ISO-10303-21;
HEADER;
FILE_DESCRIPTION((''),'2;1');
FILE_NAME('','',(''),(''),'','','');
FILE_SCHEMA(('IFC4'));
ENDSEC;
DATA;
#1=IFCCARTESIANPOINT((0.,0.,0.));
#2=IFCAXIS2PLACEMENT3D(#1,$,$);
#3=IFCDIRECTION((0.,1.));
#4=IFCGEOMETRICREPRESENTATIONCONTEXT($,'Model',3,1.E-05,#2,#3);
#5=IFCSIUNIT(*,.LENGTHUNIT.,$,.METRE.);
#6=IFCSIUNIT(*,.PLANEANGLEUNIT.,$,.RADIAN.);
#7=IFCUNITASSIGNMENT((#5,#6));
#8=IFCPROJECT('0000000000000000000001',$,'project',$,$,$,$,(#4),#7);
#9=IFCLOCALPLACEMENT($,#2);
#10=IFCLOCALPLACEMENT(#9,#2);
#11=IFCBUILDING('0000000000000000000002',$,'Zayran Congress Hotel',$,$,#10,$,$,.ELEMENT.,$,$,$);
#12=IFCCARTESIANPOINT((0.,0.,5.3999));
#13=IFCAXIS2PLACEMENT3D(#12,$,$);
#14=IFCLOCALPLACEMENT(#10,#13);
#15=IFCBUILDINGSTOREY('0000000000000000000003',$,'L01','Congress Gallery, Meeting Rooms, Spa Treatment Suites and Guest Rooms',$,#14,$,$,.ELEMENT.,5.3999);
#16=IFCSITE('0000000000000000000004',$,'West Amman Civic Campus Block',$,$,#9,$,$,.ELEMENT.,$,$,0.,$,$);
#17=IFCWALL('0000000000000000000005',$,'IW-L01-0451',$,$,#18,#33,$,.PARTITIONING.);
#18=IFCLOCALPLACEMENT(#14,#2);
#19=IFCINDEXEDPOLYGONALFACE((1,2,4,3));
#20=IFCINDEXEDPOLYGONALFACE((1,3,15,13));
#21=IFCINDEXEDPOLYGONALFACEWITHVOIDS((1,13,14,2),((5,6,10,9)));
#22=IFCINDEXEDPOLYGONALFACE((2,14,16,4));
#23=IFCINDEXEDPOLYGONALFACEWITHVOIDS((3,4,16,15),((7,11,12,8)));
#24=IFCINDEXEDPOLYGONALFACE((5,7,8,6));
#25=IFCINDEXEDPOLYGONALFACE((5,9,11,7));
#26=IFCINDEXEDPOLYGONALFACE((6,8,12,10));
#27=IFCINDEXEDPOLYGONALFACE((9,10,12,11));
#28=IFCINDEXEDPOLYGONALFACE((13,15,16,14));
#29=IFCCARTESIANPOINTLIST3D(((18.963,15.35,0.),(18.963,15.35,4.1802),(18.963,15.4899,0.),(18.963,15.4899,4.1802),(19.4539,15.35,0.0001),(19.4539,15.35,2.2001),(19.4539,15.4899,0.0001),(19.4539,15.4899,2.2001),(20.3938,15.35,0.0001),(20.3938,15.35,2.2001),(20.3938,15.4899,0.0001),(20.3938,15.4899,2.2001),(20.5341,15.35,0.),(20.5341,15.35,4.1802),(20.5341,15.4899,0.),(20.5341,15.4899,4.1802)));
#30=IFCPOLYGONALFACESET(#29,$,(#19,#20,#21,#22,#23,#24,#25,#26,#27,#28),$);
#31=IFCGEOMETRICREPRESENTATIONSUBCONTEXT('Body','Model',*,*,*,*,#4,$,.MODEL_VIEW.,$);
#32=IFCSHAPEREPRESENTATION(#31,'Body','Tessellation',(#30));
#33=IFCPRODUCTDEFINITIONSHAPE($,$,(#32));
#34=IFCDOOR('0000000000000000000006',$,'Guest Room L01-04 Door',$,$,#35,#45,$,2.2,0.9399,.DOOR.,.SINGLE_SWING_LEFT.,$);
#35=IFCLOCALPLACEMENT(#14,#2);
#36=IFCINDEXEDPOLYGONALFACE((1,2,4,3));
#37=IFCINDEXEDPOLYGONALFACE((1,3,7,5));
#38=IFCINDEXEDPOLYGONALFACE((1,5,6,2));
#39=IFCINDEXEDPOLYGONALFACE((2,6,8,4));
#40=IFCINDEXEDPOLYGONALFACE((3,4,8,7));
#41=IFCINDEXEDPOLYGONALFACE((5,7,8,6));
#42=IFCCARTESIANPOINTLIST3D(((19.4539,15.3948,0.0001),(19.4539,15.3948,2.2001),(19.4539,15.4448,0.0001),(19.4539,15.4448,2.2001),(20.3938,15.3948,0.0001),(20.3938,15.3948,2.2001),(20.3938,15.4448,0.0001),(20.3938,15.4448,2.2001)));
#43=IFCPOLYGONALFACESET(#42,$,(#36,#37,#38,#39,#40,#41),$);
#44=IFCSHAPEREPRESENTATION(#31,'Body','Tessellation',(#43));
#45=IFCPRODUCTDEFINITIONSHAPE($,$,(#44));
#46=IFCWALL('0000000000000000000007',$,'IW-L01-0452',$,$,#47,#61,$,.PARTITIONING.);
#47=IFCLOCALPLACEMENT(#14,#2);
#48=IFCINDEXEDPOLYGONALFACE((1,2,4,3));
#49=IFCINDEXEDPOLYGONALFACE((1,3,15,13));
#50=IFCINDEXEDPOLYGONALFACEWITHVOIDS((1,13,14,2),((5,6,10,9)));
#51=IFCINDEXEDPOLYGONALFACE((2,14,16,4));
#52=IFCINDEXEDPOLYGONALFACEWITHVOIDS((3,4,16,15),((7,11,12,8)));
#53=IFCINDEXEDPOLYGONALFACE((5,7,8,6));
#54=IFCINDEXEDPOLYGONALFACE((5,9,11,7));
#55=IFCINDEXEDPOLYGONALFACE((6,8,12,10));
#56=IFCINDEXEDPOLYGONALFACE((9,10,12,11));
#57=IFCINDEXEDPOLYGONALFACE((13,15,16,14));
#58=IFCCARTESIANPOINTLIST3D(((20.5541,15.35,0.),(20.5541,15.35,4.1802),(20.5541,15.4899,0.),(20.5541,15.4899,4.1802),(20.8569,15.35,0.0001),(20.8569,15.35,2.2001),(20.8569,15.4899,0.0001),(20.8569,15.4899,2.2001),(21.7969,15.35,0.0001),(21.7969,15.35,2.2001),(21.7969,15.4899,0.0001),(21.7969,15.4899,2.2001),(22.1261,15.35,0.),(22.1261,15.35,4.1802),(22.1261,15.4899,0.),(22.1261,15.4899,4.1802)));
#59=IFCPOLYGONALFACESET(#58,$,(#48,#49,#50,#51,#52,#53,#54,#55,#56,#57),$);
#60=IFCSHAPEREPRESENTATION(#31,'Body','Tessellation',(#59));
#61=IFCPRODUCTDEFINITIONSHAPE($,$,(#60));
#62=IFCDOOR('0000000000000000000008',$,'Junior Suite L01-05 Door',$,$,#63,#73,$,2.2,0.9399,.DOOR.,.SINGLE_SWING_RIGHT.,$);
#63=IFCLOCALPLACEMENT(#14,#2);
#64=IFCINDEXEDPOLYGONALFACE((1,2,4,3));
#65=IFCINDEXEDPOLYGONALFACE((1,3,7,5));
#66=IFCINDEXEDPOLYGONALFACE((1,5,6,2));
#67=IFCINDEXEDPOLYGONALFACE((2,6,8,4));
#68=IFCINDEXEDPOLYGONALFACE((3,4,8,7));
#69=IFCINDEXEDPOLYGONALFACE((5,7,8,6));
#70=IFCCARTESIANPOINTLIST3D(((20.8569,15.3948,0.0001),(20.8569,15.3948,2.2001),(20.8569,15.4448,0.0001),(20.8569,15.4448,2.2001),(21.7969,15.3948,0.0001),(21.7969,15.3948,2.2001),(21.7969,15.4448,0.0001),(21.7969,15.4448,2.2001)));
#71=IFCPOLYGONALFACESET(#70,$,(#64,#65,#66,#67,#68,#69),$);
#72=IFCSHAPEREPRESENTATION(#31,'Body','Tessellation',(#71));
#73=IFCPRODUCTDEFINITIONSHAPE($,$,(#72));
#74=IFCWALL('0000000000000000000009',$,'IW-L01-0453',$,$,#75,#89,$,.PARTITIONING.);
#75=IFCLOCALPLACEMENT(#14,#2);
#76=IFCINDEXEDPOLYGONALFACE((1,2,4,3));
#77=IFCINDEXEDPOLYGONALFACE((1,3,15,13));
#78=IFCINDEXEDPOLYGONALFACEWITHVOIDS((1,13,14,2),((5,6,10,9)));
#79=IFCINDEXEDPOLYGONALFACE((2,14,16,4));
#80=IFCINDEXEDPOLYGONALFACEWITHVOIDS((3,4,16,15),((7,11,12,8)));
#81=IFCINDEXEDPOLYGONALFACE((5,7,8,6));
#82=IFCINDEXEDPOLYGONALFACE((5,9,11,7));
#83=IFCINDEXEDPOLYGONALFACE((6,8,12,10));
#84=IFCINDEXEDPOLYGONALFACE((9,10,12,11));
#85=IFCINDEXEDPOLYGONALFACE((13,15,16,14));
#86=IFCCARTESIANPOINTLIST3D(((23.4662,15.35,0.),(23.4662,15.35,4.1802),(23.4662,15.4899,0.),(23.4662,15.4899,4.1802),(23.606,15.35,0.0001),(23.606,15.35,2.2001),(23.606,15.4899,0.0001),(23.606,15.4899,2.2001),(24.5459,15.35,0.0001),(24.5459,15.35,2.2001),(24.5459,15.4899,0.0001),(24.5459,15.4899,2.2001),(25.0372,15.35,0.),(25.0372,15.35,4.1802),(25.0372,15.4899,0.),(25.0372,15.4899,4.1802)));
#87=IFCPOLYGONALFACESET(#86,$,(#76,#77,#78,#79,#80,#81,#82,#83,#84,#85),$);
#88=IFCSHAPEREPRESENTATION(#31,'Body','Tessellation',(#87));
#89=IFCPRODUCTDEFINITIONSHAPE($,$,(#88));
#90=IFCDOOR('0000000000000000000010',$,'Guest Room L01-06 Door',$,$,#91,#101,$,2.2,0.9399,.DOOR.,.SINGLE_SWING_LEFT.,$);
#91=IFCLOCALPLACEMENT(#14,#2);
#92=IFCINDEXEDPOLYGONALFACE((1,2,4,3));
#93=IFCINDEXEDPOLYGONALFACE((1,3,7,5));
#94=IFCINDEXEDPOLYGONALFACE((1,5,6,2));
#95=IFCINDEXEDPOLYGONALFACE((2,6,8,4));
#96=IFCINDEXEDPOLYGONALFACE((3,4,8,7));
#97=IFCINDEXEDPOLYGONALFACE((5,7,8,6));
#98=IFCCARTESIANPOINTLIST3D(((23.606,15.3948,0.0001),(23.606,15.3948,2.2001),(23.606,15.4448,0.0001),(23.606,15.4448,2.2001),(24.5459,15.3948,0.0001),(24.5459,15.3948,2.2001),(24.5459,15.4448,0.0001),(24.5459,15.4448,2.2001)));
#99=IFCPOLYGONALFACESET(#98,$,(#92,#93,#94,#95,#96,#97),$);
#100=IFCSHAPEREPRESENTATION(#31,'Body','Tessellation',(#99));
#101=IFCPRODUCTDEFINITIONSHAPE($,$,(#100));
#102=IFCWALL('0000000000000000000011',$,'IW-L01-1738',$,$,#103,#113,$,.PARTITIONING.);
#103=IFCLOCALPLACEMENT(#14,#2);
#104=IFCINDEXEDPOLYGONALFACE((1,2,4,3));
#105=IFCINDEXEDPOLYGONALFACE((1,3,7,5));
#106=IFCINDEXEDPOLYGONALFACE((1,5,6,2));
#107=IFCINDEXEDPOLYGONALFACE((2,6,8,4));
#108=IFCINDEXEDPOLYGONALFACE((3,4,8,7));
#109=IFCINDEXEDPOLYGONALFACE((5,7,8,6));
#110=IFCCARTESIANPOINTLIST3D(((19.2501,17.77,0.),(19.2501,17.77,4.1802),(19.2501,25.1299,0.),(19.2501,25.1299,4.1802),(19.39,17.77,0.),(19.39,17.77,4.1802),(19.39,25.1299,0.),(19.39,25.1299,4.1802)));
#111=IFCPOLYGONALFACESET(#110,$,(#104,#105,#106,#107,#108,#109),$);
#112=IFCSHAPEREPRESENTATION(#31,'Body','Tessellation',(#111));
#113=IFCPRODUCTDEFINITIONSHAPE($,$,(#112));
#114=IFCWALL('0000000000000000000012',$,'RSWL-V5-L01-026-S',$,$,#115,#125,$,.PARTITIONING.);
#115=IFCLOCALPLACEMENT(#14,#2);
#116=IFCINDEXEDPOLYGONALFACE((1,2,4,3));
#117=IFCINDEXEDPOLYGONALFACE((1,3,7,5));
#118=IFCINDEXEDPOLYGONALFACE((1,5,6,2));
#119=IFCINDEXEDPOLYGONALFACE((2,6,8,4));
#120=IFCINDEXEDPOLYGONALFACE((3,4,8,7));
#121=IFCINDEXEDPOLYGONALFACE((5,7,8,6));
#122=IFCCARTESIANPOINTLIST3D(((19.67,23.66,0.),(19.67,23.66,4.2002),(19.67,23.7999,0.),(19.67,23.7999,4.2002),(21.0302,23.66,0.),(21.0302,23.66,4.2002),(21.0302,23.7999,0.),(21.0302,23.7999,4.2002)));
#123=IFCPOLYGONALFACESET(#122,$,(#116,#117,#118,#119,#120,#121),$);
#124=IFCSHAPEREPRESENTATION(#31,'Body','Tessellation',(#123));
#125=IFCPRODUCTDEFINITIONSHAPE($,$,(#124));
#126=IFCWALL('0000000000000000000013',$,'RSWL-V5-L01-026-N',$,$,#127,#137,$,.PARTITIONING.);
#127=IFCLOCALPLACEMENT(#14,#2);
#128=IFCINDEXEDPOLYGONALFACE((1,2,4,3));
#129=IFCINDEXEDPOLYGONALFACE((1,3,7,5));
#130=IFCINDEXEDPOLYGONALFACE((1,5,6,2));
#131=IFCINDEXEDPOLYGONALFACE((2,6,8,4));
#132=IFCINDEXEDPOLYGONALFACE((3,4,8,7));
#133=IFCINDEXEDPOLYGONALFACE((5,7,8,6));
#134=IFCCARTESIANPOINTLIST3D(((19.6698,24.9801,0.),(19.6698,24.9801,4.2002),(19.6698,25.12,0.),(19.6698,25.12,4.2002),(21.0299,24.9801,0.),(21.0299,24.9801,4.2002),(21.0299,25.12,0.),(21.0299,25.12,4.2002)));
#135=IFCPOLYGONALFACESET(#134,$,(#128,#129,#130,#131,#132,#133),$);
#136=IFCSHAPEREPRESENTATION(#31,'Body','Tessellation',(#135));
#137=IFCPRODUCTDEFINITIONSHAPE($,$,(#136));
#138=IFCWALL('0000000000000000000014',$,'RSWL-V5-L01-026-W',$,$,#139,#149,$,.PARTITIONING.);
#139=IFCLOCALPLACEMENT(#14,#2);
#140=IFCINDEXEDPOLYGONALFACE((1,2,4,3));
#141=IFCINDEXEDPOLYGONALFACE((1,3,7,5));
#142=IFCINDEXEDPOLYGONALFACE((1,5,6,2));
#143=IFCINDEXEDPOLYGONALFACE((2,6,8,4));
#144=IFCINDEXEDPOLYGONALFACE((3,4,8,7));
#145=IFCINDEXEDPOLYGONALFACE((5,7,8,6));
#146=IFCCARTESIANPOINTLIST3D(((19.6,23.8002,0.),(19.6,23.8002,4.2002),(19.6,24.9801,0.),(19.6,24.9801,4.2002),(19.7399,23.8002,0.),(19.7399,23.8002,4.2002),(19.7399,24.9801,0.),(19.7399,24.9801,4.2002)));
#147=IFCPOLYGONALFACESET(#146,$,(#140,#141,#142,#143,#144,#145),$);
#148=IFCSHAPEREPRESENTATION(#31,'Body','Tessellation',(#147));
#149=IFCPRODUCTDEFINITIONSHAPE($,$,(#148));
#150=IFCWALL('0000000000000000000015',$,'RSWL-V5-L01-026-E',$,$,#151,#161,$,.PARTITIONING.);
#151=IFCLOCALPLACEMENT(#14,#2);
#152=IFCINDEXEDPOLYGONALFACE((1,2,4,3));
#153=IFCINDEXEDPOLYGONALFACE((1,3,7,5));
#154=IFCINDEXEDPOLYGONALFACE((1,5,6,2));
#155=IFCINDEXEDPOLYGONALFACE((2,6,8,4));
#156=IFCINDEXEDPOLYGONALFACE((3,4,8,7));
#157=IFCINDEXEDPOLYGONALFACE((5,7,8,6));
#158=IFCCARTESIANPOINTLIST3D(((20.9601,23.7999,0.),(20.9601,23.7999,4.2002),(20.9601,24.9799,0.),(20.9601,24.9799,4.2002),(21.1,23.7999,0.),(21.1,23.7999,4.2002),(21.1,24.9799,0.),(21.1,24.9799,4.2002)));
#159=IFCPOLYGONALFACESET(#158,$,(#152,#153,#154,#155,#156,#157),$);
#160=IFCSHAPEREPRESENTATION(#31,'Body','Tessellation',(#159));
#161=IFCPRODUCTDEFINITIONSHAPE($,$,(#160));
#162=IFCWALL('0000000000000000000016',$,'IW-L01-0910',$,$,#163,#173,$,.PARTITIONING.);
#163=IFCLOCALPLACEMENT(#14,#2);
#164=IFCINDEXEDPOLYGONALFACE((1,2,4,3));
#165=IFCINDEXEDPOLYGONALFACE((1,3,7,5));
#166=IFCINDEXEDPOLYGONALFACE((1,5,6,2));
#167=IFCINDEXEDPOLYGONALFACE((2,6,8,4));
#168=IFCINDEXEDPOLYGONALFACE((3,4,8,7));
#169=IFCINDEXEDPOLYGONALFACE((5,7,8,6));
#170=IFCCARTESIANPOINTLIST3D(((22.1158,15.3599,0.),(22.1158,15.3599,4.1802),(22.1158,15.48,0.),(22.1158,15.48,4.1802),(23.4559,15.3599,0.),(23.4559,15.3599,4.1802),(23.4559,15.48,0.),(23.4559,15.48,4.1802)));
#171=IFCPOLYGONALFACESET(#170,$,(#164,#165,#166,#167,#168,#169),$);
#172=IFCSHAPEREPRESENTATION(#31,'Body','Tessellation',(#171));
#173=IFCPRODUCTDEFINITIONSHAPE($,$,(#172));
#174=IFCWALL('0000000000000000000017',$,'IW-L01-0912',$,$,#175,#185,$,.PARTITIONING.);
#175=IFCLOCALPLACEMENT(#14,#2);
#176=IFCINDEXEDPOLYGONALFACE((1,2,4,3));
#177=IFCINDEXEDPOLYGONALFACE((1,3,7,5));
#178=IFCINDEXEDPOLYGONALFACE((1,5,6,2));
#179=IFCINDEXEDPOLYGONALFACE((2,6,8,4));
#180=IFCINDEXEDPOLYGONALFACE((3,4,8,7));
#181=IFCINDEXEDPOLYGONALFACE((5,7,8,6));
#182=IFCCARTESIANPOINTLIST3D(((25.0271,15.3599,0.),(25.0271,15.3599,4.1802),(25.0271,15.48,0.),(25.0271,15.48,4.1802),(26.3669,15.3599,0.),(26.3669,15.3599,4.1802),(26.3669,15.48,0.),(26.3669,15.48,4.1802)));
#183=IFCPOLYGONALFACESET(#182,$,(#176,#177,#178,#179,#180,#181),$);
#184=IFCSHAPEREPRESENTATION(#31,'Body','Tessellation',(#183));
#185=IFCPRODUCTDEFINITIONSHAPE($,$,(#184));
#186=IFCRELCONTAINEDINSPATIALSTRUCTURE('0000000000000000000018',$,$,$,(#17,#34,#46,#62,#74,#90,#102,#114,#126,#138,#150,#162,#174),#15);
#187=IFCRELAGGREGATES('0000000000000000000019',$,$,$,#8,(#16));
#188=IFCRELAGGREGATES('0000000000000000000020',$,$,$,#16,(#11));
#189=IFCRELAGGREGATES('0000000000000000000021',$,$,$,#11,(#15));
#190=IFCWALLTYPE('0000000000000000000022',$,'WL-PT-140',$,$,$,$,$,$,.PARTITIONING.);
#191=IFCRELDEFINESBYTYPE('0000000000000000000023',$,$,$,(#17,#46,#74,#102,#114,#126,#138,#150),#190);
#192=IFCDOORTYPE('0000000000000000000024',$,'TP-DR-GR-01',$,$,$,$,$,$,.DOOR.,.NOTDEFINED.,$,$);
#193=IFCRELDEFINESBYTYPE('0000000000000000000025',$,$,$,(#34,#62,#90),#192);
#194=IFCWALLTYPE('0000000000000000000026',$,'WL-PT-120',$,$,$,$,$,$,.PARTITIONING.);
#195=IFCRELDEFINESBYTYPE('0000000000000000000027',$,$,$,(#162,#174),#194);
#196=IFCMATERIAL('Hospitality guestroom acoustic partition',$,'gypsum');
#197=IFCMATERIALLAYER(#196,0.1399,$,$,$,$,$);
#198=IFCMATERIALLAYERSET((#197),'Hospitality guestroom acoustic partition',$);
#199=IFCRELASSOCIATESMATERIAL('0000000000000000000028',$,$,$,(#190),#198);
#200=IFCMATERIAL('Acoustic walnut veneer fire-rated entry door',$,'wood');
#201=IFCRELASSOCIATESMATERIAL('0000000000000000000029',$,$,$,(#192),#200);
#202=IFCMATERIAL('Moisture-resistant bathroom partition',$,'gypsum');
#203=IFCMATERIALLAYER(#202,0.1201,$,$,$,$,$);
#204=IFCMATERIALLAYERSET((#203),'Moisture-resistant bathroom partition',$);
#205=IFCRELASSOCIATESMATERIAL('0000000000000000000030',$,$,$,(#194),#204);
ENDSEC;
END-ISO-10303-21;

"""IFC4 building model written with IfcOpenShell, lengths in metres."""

from ifc_helpers import new_model, si_unit, direction, frame, frame_2d, origin, place, context, subcontext, project, spatial, rectangle, extrude, material, layer, layer_set, type_object, element, fill, save


model = new_model("IFC4")

# Units and contexts
model_context = context("Model", 3, precision=1e-05, world=origin(), true_north=direction((0.0, 1.0)))
body_context = subcontext(model_context, "Body", "Model", "MODEL_VIEW")
ifc_project = project(units=[si_unit("LENGTHUNIT", "METRE"), si_unit("PLANEANGLEUNIT", "RADIAN")], contexts=[model_context])

# Site, building, storey
site_placement = place(None, origin())
site = spatial("IfcSite", under=ifc_project, at=site_placement, Name="West Amman Civic Campus Block", CompositionType="ELEMENT", RefElevation=0.0)
building_placement = place(site_placement, origin())
building = spatial("IfcBuilding", under=site, at=building_placement, Name="Zayran Congress Hotel", CompositionType="ELEMENT")
storey_placement = place(building_placement, frame((0.0, 0.0, 5.3999)))
storey = spatial("IfcBuildingStorey", under=building, at=storey_placement, Name="L01", Description="Congress Gallery, Meeting Rooms, Spa Treatment Suites and Guest Rooms", CompositionType="ELEMENT", Elevation=5.3999)

# Walls, openings, doors
ifc_material_1 = material(Name="Hospitality guestroom acoustic partition", Category="gypsum")
ifc_layer_1 = layer(ifc_material_1, 0.1399)
ifc_layer_set_1 = layer_set([ifc_layer_1], Name="Hospitality guestroom acoustic partition")
wall_type_1 = type_object("IfcWallType", Name="WL-PT-140", PredefinedType="PARTITIONING", material=ifc_layer_set_1)
wall_1_placement = place(storey_placement, frame((18.9629, 15.4199, 0.0), z_axis=(0.0, 0.0, 1.0), x_axis=(1.0, 0.0, 0.0)))
wall_1 = element("IfcWall", 1, at=wall_1_placement, inside=storey, type_object=wall_type_1, Name="IW-L01-0451", PredefinedType="PARTITIONING", context=body_context, shape_type="SweptSolid", body=[
    extrude(rectangle(XDim=1.571, YDim=0.1399, at=frame_2d((0.7856, 0.0))), origin(), (0.0, 0.0, 1.0), 4.1802),
])
opening_1_placement = place(wall_1_placement, frame((0.491, 0.0, 0.0)))
opening_1 = element("IfcOpeningElement", 2, at=opening_1_placement, cuts=wall_1, PredefinedType="OPENING", context=body_context, shape_type="SweptSolid", body=[
    extrude(rectangle(XDim=0.9399, YDim=2.2, at=frame_2d((0.47, 1.1001))), frame((0.0, 0.0798, 0.0), z_axis=(0.0, -1.0, 0.0), x_axis=(1.0, 0.0, 0.0)), (0.0, 0.0, 1.0), 0.1599),
])
ifc_material_2 = material(Name="Acoustic walnut veneer fire-rated entry door", Category="wood")
door_type_1 = type_object("IfcDoorType", Name="TP-DR-GR-01", OperationType="NOTDEFINED", PredefinedType="DOOR", material=ifc_material_2)
door_1_placement = place(opening_1_placement, origin())
door_1 = element("IfcDoor", 3, at=door_1_placement, inside=storey, type_object=door_type_1, Name="Guest Room L01-04 Door", OperationType="SINGLE_SWING_LEFT", OverallHeight=2.2, OverallWidth=0.9399, PredefinedType="DOOR", context=body_context, shape_type="SweptSolid", body=[
    extrude(rectangle(XDim=0.9399, YDim=2.2, at=frame_2d((0.47, 1.1001))), frame((0.0, 0.0249, 0.0), z_axis=(0.0, -1.0, 0.0), x_axis=(1.0, 0.0, 0.0)), (0.0, 0.0, 1.0), 0.05),
])
fill(opening_1, door_1)
wall_2_placement = place(storey_placement, frame((20.554, 15.4199, 0.0), z_axis=(0.0, 0.0, 1.0), x_axis=(1.0, 0.0, 0.0)))
wall_2 = element("IfcWall", 4, at=wall_2_placement, inside=storey, type_object=wall_type_1, Name="IW-L01-0452", PredefinedType="PARTITIONING", context=body_context, shape_type="SweptSolid", body=[
    extrude(rectangle(XDim=1.572, YDim=0.1399, at=frame_2d((0.7861, 0.0))), origin(), (0.0, 0.0, 1.0), 4.1802),
])
opening_2_placement = place(wall_2_placement, frame((0.303, 0.0, 0.0)))
opening_2 = element("IfcOpeningElement", 5, at=opening_2_placement, cuts=wall_2, PredefinedType="OPENING", context=body_context, shape_type="SweptSolid", body=[
    extrude(rectangle(XDim=0.9399, YDim=2.2, at=frame_2d((0.47, 1.1001))), frame((0.0, 0.0798, 0.0), z_axis=(0.0, -1.0, 0.0), x_axis=(1.0, 0.0, 0.0)), (0.0, 0.0, 1.0), 0.1599),
])
door_2_placement = place(opening_2_placement, origin())
door_2 = element("IfcDoor", 6, at=door_2_placement, inside=storey, type_object=door_type_1, Name="Junior Suite L01-05 Door", OperationType="SINGLE_SWING_RIGHT", OverallHeight=2.2, OverallWidth=0.9399, PredefinedType="DOOR", context=body_context, shape_type="SweptSolid", body=[
    extrude(rectangle(XDim=0.9399, YDim=2.2, at=frame_2d((0.47, 1.1001))), frame((0.0, 0.0249, 0.0), z_axis=(0.0, -1.0, 0.0), x_axis=(1.0, 0.0, 0.0)), (0.0, 0.0, 1.0), 0.05),
])
fill(opening_2, door_2)
wall_3_placement = place(storey_placement, frame((23.4661, 15.4199, 0.0), z_axis=(0.0, 0.0, 1.0), x_axis=(1.0, 0.0, 0.0)))
wall_3 = element("IfcWall", 7, at=wall_3_placement, inside=storey, type_object=wall_type_1, Name="IW-L01-0453", PredefinedType="PARTITIONING", context=body_context, shape_type="SweptSolid", body=[
    extrude(rectangle(XDim=1.571, YDim=0.1399, at=frame_2d((0.7856, 0.0))), origin(), (0.0, 0.0, 1.0), 4.1802),
])
opening_3_placement = place(wall_3_placement, frame((0.1399, 0.0, 0.0)))
opening_3 = element("IfcOpeningElement", 8, at=opening_3_placement, cuts=wall_3, PredefinedType="OPENING", context=body_context, shape_type="SweptSolid", body=[
    extrude(rectangle(XDim=0.9399, YDim=2.2, at=frame_2d((0.47, 1.1001))), frame((0.0, 0.0798, 0.0), z_axis=(0.0, -1.0, 0.0), x_axis=(1.0, 0.0, 0.0)), (0.0, 0.0, 1.0), 0.1599),
])
door_3_placement = place(opening_3_placement, origin())
door_3 = element("IfcDoor", 9, at=door_3_placement, inside=storey, type_object=door_type_1, Name="Guest Room L01-06 Door", OperationType="SINGLE_SWING_LEFT", OverallHeight=2.2, OverallWidth=0.9399, PredefinedType="DOOR", context=body_context, shape_type="SweptSolid", body=[
    extrude(rectangle(XDim=0.9399, YDim=2.2, at=frame_2d((0.47, 1.1001))), frame((0.0, 0.0249, 0.0), z_axis=(0.0, -1.0, 0.0), x_axis=(1.0, 0.0, 0.0)), (0.0, 0.0, 1.0), 0.05),
])
fill(opening_3, door_3)

# Walls
wall_4_placement = place(storey_placement, frame((19.3201, 17.77, 0.0), z_axis=(0.0, 0.0, 1.0), x_axis=(0.0, 1.0, 0.0)))
element("IfcWall", 10, at=wall_4_placement, inside=storey, type_object=wall_type_1, Name="IW-L01-1738", PredefinedType="PARTITIONING", context=body_context, shape_type="SweptSolid", body=[
    extrude(rectangle(XDim=7.3599, YDim=0.1399, at=frame_2d((3.6799, 0.0))), origin(), (0.0, 0.0, 1.0), 4.1802),
])
for number, where, z_axis, x_axis, name in (
    (11, (19.6699, 23.73, 0.0), (0.0, 0.0, 1.0), (1.0, 0.0, 0.0), "RSWL-V5-L01-026-S"),
    (12, (21.03, 25.05, 0.0), (0.0, 0.0, 1.0), (-1.0, 0.0, 0.0), "RSWL-V5-L01-026-N"),
):
    element("IfcWall", number, at=place(storey_placement, frame(where, z_axis=z_axis, x_axis=x_axis)), inside=storey, type_object=wall_type_1, Name=name, PredefinedType="PARTITIONING", context=body_context, shape_type="SweptSolid", body=[
        extrude(rectangle(XDim=1.3601, YDim=0.1399, at=frame_2d((0.6802, 0.0))), origin(), (0.0, 0.0, 1.0), 4.2002),
    ])
for number, where, z_axis, x_axis, name in (
    (13, (19.6699, 24.98, 0.0), (0.0, 0.0, 1.0), (0.0, -1.0, 0.0), "RSWL-V5-L01-026-W"),
    (14, (21.03, 23.8, 0.0), (0.0, 0.0, 1.0), (0.0, 1.0, 0.0), "RSWL-V5-L01-026-E"),
):
    element("IfcWall", number, at=place(storey_placement, frame(where, z_axis=z_axis, x_axis=x_axis)), inside=storey, type_object=wall_type_1, Name=name, PredefinedType="PARTITIONING", context=body_context, shape_type="SweptSolid", body=[
        extrude(rectangle(XDim=1.1799, YDim=0.1399, at=frame_2d((0.5898, 0.0))), origin(), (0.0, 0.0, 1.0), 4.2002),
    ])
ifc_material_3 = material(Name="Moisture-resistant bathroom partition", Category="gypsum")
ifc_layer_2 = layer(ifc_material_3, 0.1201)
ifc_layer_set_2 = layer_set([ifc_layer_2], Name="Moisture-resistant bathroom partition")
wall_type_2 = type_object("IfcWallType", Name="WL-PT-120", PredefinedType="PARTITIONING", material=ifc_layer_set_2)
wall_5_placement = place(storey_placement, frame((22.116, 15.4199, 0.0), z_axis=(0.0, 0.0, 1.0), x_axis=(1.0, 0.0, 0.0)))
element("IfcWall", 15, at=wall_5_placement, inside=storey, type_object=wall_type_2, Name="IW-L01-0910", PredefinedType="PARTITIONING", context=body_context, shape_type="SweptSolid", body=[
    extrude(rectangle(XDim=1.3401, YDim=0.1201, at=frame_2d((0.6699, 0.0))), origin(), (0.0, 0.0, 1.0), 4.1802),
])
wall_6_placement = place(storey_placement, frame((25.0271, 15.4199, 0.0), z_axis=(0.0, 0.0, 1.0), x_axis=(1.0, 0.0, 0.0)))
element("IfcWall", 16, at=wall_6_placement, inside=storey, type_object=wall_type_2, Name="IW-L01-0912", PredefinedType="PARTITIONING", context=body_context, shape_type="SweptSolid", body=[
    extrude(rectangle(XDim=1.3398, YDim=0.1201, at=frame_2d((0.6699, 0.0))), origin(), (0.0, 0.0, 1.0), 4.1802),
])

save(model, "model.ifc")
